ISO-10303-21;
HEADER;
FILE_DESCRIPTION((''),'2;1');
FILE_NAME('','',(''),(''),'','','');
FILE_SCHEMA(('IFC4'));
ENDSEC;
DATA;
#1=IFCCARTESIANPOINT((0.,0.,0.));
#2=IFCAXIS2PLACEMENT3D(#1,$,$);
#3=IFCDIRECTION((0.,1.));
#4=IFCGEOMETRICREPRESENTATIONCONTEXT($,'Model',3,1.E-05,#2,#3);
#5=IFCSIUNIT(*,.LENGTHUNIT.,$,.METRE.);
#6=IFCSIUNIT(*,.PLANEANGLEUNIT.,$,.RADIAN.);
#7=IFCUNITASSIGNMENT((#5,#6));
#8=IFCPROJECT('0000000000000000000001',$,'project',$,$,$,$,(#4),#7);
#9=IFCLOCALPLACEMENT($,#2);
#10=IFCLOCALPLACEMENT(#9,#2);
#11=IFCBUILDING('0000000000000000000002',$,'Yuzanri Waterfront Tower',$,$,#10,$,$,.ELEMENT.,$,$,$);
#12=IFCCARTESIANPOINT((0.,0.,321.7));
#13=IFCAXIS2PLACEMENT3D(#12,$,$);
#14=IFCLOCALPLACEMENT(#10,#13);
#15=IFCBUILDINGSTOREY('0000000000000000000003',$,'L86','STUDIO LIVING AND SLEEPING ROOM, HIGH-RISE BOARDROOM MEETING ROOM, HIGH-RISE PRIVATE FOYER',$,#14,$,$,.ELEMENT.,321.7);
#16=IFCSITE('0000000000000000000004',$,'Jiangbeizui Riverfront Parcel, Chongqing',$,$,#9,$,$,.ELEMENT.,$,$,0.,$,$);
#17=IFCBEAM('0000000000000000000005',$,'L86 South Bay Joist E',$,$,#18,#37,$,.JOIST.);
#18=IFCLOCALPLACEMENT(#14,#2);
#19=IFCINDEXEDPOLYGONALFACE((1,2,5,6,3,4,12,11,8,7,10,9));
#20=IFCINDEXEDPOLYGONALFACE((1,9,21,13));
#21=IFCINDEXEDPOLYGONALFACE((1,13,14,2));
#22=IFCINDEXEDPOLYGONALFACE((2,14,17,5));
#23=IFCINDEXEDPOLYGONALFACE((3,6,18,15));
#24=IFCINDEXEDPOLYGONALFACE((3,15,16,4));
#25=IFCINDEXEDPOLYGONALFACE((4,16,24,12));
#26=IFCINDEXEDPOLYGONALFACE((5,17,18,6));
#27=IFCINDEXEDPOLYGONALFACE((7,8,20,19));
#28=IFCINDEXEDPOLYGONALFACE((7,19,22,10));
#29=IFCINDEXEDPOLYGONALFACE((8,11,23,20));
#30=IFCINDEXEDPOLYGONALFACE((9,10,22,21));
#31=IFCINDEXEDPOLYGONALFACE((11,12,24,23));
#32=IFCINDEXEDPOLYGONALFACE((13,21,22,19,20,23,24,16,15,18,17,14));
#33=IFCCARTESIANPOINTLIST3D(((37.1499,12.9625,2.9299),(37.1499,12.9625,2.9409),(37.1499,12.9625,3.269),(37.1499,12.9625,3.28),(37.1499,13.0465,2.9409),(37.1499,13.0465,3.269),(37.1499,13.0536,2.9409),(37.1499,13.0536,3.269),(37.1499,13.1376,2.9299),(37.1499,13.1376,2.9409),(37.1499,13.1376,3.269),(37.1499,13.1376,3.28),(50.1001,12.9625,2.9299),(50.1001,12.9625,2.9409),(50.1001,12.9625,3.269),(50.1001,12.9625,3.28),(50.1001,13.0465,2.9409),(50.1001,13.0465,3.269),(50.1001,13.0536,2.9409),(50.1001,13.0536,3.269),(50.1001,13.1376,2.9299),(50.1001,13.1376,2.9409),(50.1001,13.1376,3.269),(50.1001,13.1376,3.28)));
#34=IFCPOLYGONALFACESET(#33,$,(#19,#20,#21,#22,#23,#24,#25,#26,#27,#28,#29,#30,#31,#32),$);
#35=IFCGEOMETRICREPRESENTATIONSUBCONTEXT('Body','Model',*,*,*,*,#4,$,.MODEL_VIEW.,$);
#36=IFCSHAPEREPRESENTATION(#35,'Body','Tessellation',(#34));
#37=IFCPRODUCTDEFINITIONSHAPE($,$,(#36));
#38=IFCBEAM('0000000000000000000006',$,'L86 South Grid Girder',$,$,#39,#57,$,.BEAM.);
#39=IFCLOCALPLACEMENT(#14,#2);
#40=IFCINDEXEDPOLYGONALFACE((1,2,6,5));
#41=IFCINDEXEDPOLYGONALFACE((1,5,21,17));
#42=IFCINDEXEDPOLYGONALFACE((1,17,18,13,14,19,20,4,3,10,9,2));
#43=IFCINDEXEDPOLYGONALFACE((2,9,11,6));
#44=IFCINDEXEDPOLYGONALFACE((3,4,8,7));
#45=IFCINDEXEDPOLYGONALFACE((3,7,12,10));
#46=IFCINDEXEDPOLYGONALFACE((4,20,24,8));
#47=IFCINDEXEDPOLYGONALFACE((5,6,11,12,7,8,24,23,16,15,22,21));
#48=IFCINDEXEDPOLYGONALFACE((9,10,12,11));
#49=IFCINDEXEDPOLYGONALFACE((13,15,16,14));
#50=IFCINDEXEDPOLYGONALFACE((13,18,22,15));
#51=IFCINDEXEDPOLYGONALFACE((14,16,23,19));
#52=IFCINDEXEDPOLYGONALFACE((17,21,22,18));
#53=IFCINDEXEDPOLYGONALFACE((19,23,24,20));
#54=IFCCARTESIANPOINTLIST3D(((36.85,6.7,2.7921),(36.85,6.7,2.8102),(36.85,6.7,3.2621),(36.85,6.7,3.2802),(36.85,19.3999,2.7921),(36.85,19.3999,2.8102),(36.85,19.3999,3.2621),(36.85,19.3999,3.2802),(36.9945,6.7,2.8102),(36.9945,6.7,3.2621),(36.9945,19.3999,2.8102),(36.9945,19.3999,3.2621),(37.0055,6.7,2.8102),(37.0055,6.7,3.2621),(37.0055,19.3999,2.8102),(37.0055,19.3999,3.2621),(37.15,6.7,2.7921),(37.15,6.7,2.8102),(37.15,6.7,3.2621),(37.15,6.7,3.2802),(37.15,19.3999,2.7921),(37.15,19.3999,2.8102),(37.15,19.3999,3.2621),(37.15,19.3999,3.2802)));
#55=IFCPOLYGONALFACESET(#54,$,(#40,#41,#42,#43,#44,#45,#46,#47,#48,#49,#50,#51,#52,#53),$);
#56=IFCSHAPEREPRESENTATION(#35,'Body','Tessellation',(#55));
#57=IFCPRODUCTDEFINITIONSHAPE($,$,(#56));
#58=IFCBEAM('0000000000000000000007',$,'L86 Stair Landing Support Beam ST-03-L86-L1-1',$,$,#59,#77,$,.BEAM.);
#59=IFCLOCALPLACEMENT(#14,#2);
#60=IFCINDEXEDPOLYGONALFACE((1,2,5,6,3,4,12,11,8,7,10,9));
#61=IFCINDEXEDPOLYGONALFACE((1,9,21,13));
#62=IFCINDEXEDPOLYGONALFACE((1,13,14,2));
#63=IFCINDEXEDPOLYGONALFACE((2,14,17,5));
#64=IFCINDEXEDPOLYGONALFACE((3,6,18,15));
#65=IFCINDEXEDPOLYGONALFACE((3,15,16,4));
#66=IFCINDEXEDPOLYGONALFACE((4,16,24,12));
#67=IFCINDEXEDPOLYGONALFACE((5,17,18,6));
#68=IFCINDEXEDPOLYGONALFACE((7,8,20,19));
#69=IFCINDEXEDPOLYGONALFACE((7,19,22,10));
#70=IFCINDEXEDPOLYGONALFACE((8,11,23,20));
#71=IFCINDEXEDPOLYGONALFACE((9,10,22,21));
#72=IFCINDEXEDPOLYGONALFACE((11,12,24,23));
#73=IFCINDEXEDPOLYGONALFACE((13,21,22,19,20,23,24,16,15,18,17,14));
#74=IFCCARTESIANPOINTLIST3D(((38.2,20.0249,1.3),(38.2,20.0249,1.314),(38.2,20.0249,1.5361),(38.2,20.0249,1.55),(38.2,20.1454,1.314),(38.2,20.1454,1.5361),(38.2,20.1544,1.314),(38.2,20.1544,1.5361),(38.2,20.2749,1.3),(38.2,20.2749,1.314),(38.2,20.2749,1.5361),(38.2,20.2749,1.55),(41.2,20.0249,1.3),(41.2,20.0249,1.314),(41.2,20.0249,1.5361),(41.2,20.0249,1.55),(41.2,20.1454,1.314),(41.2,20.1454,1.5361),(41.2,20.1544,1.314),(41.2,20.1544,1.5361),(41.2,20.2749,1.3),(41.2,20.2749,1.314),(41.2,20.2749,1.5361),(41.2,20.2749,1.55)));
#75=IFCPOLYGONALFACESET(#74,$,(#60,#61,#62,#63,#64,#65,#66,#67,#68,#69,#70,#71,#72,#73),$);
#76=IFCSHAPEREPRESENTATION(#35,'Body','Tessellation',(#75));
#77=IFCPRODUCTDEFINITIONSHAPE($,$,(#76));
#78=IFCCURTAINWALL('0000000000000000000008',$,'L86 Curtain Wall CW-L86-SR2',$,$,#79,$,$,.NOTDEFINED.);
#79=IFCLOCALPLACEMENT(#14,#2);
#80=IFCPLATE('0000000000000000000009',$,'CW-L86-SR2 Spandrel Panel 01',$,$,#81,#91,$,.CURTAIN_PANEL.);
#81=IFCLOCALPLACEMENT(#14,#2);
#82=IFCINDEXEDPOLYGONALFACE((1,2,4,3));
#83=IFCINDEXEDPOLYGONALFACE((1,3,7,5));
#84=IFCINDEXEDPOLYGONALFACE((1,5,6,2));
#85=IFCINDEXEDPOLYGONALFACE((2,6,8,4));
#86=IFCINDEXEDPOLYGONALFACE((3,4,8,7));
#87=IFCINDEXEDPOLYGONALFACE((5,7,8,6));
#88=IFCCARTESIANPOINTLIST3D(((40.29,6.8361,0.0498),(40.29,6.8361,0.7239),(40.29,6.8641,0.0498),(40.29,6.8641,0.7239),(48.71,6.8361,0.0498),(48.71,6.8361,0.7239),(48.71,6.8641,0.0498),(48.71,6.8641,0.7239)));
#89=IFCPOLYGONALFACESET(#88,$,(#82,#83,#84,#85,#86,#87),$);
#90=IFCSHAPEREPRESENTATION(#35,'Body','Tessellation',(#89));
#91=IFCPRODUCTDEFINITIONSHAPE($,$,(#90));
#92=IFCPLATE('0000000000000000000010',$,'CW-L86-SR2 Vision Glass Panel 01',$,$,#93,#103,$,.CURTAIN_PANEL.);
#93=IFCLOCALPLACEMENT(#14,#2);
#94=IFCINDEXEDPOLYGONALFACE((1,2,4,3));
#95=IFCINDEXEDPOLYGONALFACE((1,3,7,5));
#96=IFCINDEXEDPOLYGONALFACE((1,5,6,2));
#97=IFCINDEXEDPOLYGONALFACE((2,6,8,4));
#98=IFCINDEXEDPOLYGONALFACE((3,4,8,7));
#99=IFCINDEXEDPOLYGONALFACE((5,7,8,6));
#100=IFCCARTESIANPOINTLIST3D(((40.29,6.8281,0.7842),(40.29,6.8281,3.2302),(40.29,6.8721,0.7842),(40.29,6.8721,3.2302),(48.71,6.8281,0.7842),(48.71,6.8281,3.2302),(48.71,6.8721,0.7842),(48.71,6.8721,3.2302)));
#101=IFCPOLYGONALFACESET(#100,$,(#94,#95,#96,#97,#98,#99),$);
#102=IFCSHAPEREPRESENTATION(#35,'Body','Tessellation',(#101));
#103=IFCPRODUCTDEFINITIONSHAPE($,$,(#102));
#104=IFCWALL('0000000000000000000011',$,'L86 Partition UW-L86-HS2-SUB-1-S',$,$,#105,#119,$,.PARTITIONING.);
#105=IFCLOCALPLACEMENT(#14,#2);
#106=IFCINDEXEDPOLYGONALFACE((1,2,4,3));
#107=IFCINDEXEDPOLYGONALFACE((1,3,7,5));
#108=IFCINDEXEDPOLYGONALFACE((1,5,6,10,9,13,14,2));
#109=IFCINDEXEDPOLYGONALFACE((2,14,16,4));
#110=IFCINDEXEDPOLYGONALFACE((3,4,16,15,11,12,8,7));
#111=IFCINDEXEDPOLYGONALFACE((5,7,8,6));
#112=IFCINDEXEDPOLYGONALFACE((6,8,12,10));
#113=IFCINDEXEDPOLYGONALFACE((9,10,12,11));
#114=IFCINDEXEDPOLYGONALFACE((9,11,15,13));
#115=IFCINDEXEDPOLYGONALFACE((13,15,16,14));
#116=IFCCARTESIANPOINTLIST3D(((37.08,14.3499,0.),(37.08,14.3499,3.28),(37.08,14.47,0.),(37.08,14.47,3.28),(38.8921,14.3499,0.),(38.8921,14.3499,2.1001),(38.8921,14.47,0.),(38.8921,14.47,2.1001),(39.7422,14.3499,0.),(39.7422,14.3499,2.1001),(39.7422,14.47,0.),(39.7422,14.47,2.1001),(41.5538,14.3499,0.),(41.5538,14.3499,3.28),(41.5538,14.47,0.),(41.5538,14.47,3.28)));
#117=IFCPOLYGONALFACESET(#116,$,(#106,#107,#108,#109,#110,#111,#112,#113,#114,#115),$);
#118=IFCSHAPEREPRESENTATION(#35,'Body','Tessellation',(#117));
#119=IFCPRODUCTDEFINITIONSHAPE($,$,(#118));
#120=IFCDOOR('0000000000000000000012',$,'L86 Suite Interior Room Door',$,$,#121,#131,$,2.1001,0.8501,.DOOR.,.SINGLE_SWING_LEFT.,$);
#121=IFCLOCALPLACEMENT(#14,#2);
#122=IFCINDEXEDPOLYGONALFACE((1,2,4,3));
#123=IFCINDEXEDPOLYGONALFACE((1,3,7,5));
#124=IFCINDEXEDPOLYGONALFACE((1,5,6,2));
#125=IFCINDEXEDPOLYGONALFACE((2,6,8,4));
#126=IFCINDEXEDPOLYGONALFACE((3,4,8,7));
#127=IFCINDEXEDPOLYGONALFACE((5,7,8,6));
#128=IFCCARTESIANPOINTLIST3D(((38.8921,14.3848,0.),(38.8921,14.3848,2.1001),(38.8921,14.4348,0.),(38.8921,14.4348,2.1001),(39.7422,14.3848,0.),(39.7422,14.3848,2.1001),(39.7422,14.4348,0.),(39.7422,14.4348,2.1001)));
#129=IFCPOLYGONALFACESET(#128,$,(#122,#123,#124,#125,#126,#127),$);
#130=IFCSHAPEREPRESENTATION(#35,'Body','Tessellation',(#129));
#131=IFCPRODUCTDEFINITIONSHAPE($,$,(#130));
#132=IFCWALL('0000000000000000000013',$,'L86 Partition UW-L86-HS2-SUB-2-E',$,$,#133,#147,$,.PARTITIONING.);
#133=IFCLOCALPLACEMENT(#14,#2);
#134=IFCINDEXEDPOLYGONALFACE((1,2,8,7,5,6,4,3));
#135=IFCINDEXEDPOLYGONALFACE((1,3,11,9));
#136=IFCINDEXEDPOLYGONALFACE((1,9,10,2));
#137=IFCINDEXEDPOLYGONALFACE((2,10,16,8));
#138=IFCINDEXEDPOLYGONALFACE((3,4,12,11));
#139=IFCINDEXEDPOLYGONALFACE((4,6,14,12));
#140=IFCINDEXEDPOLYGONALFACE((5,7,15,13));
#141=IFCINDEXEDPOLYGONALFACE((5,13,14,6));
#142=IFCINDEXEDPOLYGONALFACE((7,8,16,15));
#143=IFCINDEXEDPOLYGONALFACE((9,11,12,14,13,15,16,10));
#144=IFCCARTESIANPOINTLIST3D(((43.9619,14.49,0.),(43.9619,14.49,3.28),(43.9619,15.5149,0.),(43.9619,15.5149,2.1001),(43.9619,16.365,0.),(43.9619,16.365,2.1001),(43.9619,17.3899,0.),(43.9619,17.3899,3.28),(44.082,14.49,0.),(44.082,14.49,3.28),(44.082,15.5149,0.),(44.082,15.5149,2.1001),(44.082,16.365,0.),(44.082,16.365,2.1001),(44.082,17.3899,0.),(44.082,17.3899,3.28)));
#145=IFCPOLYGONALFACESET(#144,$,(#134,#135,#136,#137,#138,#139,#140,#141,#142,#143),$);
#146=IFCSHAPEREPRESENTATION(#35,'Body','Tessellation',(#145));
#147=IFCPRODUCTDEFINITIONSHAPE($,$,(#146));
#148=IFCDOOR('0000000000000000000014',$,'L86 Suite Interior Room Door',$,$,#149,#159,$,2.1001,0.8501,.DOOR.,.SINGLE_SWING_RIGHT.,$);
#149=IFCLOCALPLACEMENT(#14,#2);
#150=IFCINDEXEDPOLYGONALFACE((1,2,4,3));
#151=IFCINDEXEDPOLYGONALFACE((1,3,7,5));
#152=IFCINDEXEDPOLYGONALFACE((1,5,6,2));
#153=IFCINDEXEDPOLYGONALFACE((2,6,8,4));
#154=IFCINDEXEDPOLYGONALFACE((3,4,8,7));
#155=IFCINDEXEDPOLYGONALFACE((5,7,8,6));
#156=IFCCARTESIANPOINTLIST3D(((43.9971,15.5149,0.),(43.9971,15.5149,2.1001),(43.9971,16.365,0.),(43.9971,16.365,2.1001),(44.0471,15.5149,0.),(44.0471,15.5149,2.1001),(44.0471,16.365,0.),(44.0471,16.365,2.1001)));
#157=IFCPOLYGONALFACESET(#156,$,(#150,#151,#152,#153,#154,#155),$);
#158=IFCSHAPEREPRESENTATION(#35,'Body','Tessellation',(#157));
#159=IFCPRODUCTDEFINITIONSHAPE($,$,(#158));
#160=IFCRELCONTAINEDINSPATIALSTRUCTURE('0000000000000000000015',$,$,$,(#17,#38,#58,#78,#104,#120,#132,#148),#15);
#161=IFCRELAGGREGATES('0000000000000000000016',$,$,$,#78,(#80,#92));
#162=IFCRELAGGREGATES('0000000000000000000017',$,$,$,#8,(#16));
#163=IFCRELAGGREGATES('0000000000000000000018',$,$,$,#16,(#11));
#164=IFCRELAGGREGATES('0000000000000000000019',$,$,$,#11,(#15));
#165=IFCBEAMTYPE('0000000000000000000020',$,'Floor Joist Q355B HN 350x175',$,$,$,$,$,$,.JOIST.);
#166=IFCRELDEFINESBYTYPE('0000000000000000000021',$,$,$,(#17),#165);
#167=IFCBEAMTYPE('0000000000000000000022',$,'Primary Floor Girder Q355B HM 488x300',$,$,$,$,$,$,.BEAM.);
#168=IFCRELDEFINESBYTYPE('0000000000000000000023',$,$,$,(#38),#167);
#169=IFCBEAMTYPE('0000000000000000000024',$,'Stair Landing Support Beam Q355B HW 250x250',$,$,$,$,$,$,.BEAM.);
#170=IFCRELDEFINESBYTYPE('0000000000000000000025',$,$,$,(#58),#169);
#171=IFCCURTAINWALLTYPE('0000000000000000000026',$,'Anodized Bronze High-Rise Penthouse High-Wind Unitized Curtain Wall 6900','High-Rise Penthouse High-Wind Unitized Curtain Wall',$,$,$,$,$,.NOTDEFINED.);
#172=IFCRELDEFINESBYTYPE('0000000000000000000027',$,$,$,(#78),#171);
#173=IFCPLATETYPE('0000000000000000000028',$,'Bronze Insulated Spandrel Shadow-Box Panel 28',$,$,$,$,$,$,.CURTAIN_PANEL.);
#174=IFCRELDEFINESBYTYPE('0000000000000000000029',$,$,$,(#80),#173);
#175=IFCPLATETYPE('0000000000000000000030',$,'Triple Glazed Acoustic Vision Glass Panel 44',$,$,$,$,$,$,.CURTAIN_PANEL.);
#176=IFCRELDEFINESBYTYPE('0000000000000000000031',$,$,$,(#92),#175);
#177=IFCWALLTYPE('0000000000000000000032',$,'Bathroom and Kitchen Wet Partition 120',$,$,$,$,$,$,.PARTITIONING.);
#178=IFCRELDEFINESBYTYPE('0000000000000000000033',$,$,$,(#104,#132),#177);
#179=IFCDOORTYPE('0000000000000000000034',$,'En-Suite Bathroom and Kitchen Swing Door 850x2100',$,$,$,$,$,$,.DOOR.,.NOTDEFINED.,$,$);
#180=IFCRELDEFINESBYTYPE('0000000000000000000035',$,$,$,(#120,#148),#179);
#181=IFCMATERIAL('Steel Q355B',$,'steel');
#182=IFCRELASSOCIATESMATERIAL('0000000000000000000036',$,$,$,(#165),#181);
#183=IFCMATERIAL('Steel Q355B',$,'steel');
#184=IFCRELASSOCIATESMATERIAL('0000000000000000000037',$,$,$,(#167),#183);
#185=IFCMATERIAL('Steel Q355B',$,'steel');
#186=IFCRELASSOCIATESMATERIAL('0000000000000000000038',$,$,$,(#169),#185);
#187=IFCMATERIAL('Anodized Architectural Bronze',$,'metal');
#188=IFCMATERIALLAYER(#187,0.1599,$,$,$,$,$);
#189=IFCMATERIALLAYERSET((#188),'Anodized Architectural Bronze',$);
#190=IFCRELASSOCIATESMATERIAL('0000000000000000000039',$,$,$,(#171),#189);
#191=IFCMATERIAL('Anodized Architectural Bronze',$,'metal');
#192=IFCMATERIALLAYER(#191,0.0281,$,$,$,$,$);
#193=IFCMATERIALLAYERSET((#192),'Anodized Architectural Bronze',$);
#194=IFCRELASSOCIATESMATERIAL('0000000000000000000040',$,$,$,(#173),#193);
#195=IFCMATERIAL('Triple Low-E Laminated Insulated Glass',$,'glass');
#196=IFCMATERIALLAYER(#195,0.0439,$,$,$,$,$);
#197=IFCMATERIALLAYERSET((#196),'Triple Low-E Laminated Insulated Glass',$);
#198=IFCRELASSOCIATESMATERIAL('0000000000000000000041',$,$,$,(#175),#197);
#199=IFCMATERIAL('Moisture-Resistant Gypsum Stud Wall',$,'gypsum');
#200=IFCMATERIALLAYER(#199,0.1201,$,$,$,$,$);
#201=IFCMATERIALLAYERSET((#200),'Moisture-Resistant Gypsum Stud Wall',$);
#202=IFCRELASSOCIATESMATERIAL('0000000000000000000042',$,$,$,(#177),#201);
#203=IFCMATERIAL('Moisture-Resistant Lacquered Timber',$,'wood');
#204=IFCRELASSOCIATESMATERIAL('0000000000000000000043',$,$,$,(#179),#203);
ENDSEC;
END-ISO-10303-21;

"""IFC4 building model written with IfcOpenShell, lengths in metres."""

from ifc_helpers import new_model, si_unit, direction, frame, frame_2d, origin, origin_2d, place, context, subcontext, project, spatial, rectangle, i_section, extrude, source, transform, mapped, material, layer, layer_set, material_profile, profile_set, type_object, element, fill, aggregate, save


model = new_model("IFC4")

# Units and contexts
model_context = context("Model", 3, precision=1e-05, world=origin(), true_north=direction((0.0, 1.0)))
body_context = subcontext(model_context, "Body", "Model", "MODEL_VIEW")
ifc_project = project(units=[si_unit("LENGTHUNIT", "METRE"), si_unit("PLANEANGLEUNIT", "RADIAN")], contexts=[model_context])

# Site, building, storey
site_placement = place(None, origin())
site = spatial("IfcSite", under=ifc_project, at=site_placement, Name="Jiangbeizui Riverfront Parcel, Chongqing", CompositionType="ELEMENT", RefElevation=0.0)
building_placement = place(site_placement, origin())
building = spatial("IfcBuilding", under=site, at=building_placement, Name="Yuzanri Waterfront Tower", CompositionType="ELEMENT")
storey_placement = place(building_placement, frame((0.0, 0.0, 321.7)))
storey = spatial("IfcBuildingStorey", under=building, at=storey_placement, Name="L86", Description="STUDIO LIVING AND SLEEPING ROOM, HIGH-RISE BOARDROOM MEETING ROOM, HIGH-RISE PRIVATE FOYER", CompositionType="ELEMENT", Elevation=321.7)

# Beams
ifc_material_1 = material(Name="Steel Q355B", Category="steel")
ifc_material_profile_1 = material_profile(ifc_material_1, i_section(OverallWidth=0.175, OverallDepth=0.3501, WebThickness=0.0071, FlangeThickness=0.011, at=origin_2d()), Name="HN 350x175x7x11")
ifc_profile_set_1 = profile_set([ifc_material_profile_1], Name="Steel Q355B")
beam_type_1 = type_object("IfcBeamType", Name="Floor Joist Q355B HN 350x175", PredefinedType="JOIST", material=ifc_profile_set_1)
shared_shape_1 = source(origin(), body_context, "Body", "SweptSolid", [
    extrude(i_section(OverallWidth=0.175, OverallDepth=0.3501, WebThickness=0.0071, FlangeThickness=0.011, at=origin_2d()), origin(), (0.0, 0.0, 1.0), 12.9502),
])
beam_1_placement = place(storey_placement, frame((37.1499, 13.05, 3.105), z_axis=(1.0, 0.0, 0.0), x_axis=(0.0, 1.0, 0.0)))
element("IfcBeam", 1, at=beam_1_placement, inside=storey, type_object=beam_type_1, Name="L86 South Bay Joist E", PredefinedType="JOIST", context=body_context, shape_type="MappedRepresentation", body=[
    mapped(shared_shape_1, transform((0.0, 0.0, 0.0), scale=1.0)),
])
ifc_material_2 = material(Name="Steel Q355B", Category="steel")
ifc_material_profile_2 = material_profile(ifc_material_2, i_section(OverallWidth=0.3, OverallDepth=0.488, WebThickness=0.011, FlangeThickness=0.0181, at=origin_2d()), Name="HM 488x300x11x18")
ifc_profile_set_2 = profile_set([ifc_material_profile_2], Name="Steel Q355B")
beam_type_2 = type_object("IfcBeamType", Name="Primary Floor Girder Q355B HM 488x300", PredefinedType="BEAM", material=ifc_profile_set_2)
shared_shape_2 = source(origin(), body_context, "Body", "SweptSolid", [
    extrude(i_section(OverallWidth=0.3, OverallDepth=0.488, WebThickness=0.011, FlangeThickness=0.0181, at=origin_2d()), origin(), (0.0, 0.0, 1.0), 12.7),
])
beam_2_placement = place(storey_placement, frame((37.0, 19.3999, 3.0361), z_axis=(0.0, -1.0, 0.0), x_axis=(1.0, 0.0, 0.0)))
element("IfcBeam", 2, at=beam_2_placement, inside=storey, type_object=beam_type_2, Name="L86 South Grid Girder", PredefinedType="BEAM", context=body_context, shape_type="MappedRepresentation", body=[
    mapped(shared_shape_2, transform((0.0, 0.0, 0.0), scale=1.0)),
])
ifc_material_3 = material(Name="Steel Q355B", Category="steel")
ifc_material_profile_3 = material_profile(ifc_material_3, i_section(OverallWidth=0.25, OverallDepth=0.25, WebThickness=0.009, FlangeThickness=0.0139, at=origin_2d()), Name="HW 250x250x9x14")
ifc_profile_set_3 = profile_set([ifc_material_profile_3], Name="Steel Q355B")
beam_type_3 = type_object("IfcBeamType", Name="Stair Landing Support Beam Q355B HW 250x250", PredefinedType="BEAM", material=ifc_profile_set_3)
shared_shape_3 = source(origin(), body_context, "Body", "SweptSolid", [
    extrude(i_section(OverallWidth=0.25, OverallDepth=0.25, WebThickness=0.009, FlangeThickness=0.0139, at=origin_2d()), origin(), (0.0, 0.0, 1.0), 3.0),
])
beam_3_placement = place(storey_placement, frame((38.2, 20.1499, 1.425), z_axis=(1.0, 0.0, 0.0), x_axis=(0.0, 1.0, 0.0)))
element("IfcBeam", 3, at=beam_3_placement, inside=storey, type_object=beam_type_3, Name="L86 Stair Landing Support Beam ST-03-L86-L1-1", PredefinedType="BEAM", context=body_context, shape_type="MappedRepresentation", body=[
    mapped(shared_shape_3, transform((0.0, 0.0, 0.0), scale=1.0)),
])

# Curtain wall, plates
ifc_material_4 = material(Name="Anodized Architectural Bronze", Category="metal")
ifc_layer_1 = layer(ifc_material_4, 0.1599)
ifc_layer_set_1 = layer_set([ifc_layer_1], Name="Anodized Architectural Bronze")
curtain_wall_type = type_object("IfcCurtainWallType", Name="Anodized Bronze High-Rise Penthouse High-Wind Unitized Curtain Wall 6900", Description="High-Rise Penthouse High-Wind Unitized Curtain Wall", PredefinedType="NOTDEFINED", material=ifc_layer_set_1)
curtain_wall_placement = place(storey_placement, origin())
curtain_wall = element("IfcCurtainWall", 4, at=curtain_wall_placement, inside=storey, type_object=curtain_wall_type, Name="L86 Curtain Wall CW-L86-SR2", PredefinedType="NOTDEFINED")
ifc_material_5 = material(Name="Anodized Architectural Bronze", Category="metal")
ifc_layer_2 = layer(ifc_material_5, 0.0281)
ifc_layer_set_2 = layer_set([ifc_layer_2], Name="Anodized Architectural Bronze")
plate_type_1 = type_object("IfcPlateType", Name="Bronze Insulated Spandrel Shadow-Box Panel 28", PredefinedType="CURTAIN_PANEL", material=ifc_layer_set_2)
shared_shape_4 = source(origin(), body_context, "Body", "SweptSolid", [
    extrude(rectangle(XDim=8.4199, YDim=0.0281, at=origin_2d()), origin(), (0.0, 0.0, 1.0), 0.6741),
])
plate_1_placement = place(storey_placement, frame((44.5, 6.8501, 0.0498), z_axis=(0.0, 0.0, 1.0), x_axis=(1.0, 0.0, 0.0)))
plate_1 = element("IfcPlate", 5, at=plate_1_placement, type_object=plate_type_1, Name="CW-L86-SR2 Spandrel Panel 01", PredefinedType="CURTAIN_PANEL", context=body_context, shape_type="MappedRepresentation", body=[
    mapped(shared_shape_4, transform((0.0, 0.0, 0.0), scale=1.0)),
])
ifc_material_6 = material(Name="Triple Low-E Laminated Insulated Glass", Category="glass")
ifc_layer_3 = layer(ifc_material_6, 0.0439)
ifc_layer_set_3 = layer_set([ifc_layer_3], Name="Triple Low-E Laminated Insulated Glass")
plate_type_2 = type_object("IfcPlateType", Name="Triple Glazed Acoustic Vision Glass Panel 44", PredefinedType="CURTAIN_PANEL", material=ifc_layer_set_3)
shared_shape_5 = source(origin(), body_context, "Body", "SweptSolid", [
    extrude(rectangle(XDim=8.4199, YDim=0.0439, at=origin_2d()), origin(), (0.0, 0.0, 1.0), 2.446),
])
plate_2_placement = place(storey_placement, frame((44.5, 6.8501, 0.7842), z_axis=(0.0, 0.0, 1.0), x_axis=(1.0, 0.0, 0.0)))
plate_2 = element("IfcPlate", 6, at=plate_2_placement, type_object=plate_type_2, Name="CW-L86-SR2 Vision Glass Panel 01", PredefinedType="CURTAIN_PANEL", context=body_context, shape_type="MappedRepresentation", body=[
    mapped(shared_shape_5, transform((0.0, 0.0, 0.0), scale=1.0)),
])
aggregate(curtain_wall, [plate_1, plate_2])

# Walls, openings, doors
ifc_material_7 = material(Name="Moisture-Resistant Gypsum Stud Wall", Category="gypsum")
ifc_layer_4 = layer(ifc_material_7, 0.1201)
ifc_layer_set_4 = layer_set([ifc_layer_4], Name="Moisture-Resistant Gypsum Stud Wall")
wall_type_1 = type_object("IfcWallType", Name="Bathroom and Kitchen Wet Partition 120", PredefinedType="PARTITIONING", material=ifc_layer_set_4)
wall_1_placement = place(storey_placement, frame((37.0801, 14.4099, 0.0), z_axis=(0.0, 0.0, 1.0), x_axis=(1.0, 0.0, 0.0)))
wall_1 = element("IfcWall", 7, at=wall_1_placement, inside=storey, type_object=wall_type_1, Name="L86 Partition UW-L86-HS2-SUB-1-S", PredefinedType="PARTITIONING", context=body_context, shape_type="SweptSolid", body=[
    extrude(rectangle(XDim=4.4739, YDim=0.1201, at=frame_2d((2.2368, 0.0))), origin(), (0.0, 0.0, 1.0), 3.28),
])
opening_1_placement = place(wall_1_placement, frame((1.812, 0.0, 0.0)))
opening_1 = element("IfcOpeningElement", 8, at=opening_1_placement, cuts=wall_1, PredefinedType="OPENING", context=body_context, shape_type="SweptSolid", body=[
    extrude(rectangle(XDim=0.8501, YDim=2.1001, at=frame_2d((0.425, 1.05))), frame((0.0, 0.075, 0.0), z_axis=(0.0, -1.0, 0.0), x_axis=(1.0, 0.0, 0.0)), (0.0, 0.0, 1.0), 0.1499),
])
ifc_material_8 = material(Name="Moisture-Resistant Lacquered Timber", Category="wood")
door_type_1 = type_object("IfcDoorType", Name="En-Suite Bathroom and Kitchen Swing Door 850x2100", OperationType="NOTDEFINED", PredefinedType="DOOR", material=ifc_material_8)
shared_shape_6 = source(origin(), body_context, "Body", "SweptSolid", [
    extrude(rectangle(XDim=0.8501, YDim=2.1001, at=frame_2d((0.425, 1.05))), frame((0.0, 0.0249, 0.0), z_axis=(0.0, -1.0, 0.0), x_axis=(1.0, 0.0, 0.0)), (0.0, 0.0, 1.0), 0.05),
])
door_1_placement = place(opening_1_placement, origin())
door_1 = element("IfcDoor", 9, at=door_1_placement, inside=storey, type_object=door_type_1, Name="L86 Suite Interior Room Door", OperationType="SINGLE_SWING_LEFT", OverallHeight=2.1001, OverallWidth=0.8501, PredefinedType="DOOR", context=body_context, shape_type="MappedRepresentation", body=[
    mapped(shared_shape_6, transform((0.0, 0.0, 0.0), scale=1.0)),
])
fill(opening_1, door_1)
wall_2_placement = place(storey_placement, frame((44.022, 14.49, 0.0), z_axis=(0.0, 0.0, 1.0), x_axis=(0.0, 1.0, 0.0)))
wall_2 = element("IfcWall", 10, at=wall_2_placement, inside=storey, type_object=wall_type_1, Name="L86 Partition UW-L86-HS2-SUB-2-E", PredefinedType="PARTITIONING", context=body_context, shape_type="SweptSolid", body=[
    extrude(rectangle(XDim=2.8999, YDim=0.1201, at=frame_2d((1.45, 0.0))), origin(), (0.0, 0.0, 1.0), 3.28),
])
opening_2_placement = place(wall_2_placement, frame((1.0249, 0.0, 0.0)))
opening_2 = element("IfcOpeningElement", 11, at=opening_2_placement, cuts=wall_2, PredefinedType="OPENING", context=body_context, shape_type="SweptSolid", body=[
    extrude(rectangle(XDim=0.8501, YDim=2.1001, at=frame_2d((0.425, 1.05))), frame((0.0, 0.075, 0.0), z_axis=(0.0, -1.0, 0.0), x_axis=(1.0, 0.0, 0.0)), (0.0, 0.0, 1.0), 0.1499),
])
door_2_placement = place(opening_2_placement, origin())
door_2 = element("IfcDoor", 12, at=door_2_placement, inside=storey, type_object=door_type_1, Name="L86 Suite Interior Room Door", OperationType="SINGLE_SWING_RIGHT", OverallHeight=2.1001, OverallWidth=0.8501, PredefinedType="DOOR", context=body_context, shape_type="MappedRepresentation", body=[
    mapped(shared_shape_6, transform((0.0, 0.0, 0.0), scale=1.0)),
])
fill(opening_2, door_2)

save(model, "model.ifc")
